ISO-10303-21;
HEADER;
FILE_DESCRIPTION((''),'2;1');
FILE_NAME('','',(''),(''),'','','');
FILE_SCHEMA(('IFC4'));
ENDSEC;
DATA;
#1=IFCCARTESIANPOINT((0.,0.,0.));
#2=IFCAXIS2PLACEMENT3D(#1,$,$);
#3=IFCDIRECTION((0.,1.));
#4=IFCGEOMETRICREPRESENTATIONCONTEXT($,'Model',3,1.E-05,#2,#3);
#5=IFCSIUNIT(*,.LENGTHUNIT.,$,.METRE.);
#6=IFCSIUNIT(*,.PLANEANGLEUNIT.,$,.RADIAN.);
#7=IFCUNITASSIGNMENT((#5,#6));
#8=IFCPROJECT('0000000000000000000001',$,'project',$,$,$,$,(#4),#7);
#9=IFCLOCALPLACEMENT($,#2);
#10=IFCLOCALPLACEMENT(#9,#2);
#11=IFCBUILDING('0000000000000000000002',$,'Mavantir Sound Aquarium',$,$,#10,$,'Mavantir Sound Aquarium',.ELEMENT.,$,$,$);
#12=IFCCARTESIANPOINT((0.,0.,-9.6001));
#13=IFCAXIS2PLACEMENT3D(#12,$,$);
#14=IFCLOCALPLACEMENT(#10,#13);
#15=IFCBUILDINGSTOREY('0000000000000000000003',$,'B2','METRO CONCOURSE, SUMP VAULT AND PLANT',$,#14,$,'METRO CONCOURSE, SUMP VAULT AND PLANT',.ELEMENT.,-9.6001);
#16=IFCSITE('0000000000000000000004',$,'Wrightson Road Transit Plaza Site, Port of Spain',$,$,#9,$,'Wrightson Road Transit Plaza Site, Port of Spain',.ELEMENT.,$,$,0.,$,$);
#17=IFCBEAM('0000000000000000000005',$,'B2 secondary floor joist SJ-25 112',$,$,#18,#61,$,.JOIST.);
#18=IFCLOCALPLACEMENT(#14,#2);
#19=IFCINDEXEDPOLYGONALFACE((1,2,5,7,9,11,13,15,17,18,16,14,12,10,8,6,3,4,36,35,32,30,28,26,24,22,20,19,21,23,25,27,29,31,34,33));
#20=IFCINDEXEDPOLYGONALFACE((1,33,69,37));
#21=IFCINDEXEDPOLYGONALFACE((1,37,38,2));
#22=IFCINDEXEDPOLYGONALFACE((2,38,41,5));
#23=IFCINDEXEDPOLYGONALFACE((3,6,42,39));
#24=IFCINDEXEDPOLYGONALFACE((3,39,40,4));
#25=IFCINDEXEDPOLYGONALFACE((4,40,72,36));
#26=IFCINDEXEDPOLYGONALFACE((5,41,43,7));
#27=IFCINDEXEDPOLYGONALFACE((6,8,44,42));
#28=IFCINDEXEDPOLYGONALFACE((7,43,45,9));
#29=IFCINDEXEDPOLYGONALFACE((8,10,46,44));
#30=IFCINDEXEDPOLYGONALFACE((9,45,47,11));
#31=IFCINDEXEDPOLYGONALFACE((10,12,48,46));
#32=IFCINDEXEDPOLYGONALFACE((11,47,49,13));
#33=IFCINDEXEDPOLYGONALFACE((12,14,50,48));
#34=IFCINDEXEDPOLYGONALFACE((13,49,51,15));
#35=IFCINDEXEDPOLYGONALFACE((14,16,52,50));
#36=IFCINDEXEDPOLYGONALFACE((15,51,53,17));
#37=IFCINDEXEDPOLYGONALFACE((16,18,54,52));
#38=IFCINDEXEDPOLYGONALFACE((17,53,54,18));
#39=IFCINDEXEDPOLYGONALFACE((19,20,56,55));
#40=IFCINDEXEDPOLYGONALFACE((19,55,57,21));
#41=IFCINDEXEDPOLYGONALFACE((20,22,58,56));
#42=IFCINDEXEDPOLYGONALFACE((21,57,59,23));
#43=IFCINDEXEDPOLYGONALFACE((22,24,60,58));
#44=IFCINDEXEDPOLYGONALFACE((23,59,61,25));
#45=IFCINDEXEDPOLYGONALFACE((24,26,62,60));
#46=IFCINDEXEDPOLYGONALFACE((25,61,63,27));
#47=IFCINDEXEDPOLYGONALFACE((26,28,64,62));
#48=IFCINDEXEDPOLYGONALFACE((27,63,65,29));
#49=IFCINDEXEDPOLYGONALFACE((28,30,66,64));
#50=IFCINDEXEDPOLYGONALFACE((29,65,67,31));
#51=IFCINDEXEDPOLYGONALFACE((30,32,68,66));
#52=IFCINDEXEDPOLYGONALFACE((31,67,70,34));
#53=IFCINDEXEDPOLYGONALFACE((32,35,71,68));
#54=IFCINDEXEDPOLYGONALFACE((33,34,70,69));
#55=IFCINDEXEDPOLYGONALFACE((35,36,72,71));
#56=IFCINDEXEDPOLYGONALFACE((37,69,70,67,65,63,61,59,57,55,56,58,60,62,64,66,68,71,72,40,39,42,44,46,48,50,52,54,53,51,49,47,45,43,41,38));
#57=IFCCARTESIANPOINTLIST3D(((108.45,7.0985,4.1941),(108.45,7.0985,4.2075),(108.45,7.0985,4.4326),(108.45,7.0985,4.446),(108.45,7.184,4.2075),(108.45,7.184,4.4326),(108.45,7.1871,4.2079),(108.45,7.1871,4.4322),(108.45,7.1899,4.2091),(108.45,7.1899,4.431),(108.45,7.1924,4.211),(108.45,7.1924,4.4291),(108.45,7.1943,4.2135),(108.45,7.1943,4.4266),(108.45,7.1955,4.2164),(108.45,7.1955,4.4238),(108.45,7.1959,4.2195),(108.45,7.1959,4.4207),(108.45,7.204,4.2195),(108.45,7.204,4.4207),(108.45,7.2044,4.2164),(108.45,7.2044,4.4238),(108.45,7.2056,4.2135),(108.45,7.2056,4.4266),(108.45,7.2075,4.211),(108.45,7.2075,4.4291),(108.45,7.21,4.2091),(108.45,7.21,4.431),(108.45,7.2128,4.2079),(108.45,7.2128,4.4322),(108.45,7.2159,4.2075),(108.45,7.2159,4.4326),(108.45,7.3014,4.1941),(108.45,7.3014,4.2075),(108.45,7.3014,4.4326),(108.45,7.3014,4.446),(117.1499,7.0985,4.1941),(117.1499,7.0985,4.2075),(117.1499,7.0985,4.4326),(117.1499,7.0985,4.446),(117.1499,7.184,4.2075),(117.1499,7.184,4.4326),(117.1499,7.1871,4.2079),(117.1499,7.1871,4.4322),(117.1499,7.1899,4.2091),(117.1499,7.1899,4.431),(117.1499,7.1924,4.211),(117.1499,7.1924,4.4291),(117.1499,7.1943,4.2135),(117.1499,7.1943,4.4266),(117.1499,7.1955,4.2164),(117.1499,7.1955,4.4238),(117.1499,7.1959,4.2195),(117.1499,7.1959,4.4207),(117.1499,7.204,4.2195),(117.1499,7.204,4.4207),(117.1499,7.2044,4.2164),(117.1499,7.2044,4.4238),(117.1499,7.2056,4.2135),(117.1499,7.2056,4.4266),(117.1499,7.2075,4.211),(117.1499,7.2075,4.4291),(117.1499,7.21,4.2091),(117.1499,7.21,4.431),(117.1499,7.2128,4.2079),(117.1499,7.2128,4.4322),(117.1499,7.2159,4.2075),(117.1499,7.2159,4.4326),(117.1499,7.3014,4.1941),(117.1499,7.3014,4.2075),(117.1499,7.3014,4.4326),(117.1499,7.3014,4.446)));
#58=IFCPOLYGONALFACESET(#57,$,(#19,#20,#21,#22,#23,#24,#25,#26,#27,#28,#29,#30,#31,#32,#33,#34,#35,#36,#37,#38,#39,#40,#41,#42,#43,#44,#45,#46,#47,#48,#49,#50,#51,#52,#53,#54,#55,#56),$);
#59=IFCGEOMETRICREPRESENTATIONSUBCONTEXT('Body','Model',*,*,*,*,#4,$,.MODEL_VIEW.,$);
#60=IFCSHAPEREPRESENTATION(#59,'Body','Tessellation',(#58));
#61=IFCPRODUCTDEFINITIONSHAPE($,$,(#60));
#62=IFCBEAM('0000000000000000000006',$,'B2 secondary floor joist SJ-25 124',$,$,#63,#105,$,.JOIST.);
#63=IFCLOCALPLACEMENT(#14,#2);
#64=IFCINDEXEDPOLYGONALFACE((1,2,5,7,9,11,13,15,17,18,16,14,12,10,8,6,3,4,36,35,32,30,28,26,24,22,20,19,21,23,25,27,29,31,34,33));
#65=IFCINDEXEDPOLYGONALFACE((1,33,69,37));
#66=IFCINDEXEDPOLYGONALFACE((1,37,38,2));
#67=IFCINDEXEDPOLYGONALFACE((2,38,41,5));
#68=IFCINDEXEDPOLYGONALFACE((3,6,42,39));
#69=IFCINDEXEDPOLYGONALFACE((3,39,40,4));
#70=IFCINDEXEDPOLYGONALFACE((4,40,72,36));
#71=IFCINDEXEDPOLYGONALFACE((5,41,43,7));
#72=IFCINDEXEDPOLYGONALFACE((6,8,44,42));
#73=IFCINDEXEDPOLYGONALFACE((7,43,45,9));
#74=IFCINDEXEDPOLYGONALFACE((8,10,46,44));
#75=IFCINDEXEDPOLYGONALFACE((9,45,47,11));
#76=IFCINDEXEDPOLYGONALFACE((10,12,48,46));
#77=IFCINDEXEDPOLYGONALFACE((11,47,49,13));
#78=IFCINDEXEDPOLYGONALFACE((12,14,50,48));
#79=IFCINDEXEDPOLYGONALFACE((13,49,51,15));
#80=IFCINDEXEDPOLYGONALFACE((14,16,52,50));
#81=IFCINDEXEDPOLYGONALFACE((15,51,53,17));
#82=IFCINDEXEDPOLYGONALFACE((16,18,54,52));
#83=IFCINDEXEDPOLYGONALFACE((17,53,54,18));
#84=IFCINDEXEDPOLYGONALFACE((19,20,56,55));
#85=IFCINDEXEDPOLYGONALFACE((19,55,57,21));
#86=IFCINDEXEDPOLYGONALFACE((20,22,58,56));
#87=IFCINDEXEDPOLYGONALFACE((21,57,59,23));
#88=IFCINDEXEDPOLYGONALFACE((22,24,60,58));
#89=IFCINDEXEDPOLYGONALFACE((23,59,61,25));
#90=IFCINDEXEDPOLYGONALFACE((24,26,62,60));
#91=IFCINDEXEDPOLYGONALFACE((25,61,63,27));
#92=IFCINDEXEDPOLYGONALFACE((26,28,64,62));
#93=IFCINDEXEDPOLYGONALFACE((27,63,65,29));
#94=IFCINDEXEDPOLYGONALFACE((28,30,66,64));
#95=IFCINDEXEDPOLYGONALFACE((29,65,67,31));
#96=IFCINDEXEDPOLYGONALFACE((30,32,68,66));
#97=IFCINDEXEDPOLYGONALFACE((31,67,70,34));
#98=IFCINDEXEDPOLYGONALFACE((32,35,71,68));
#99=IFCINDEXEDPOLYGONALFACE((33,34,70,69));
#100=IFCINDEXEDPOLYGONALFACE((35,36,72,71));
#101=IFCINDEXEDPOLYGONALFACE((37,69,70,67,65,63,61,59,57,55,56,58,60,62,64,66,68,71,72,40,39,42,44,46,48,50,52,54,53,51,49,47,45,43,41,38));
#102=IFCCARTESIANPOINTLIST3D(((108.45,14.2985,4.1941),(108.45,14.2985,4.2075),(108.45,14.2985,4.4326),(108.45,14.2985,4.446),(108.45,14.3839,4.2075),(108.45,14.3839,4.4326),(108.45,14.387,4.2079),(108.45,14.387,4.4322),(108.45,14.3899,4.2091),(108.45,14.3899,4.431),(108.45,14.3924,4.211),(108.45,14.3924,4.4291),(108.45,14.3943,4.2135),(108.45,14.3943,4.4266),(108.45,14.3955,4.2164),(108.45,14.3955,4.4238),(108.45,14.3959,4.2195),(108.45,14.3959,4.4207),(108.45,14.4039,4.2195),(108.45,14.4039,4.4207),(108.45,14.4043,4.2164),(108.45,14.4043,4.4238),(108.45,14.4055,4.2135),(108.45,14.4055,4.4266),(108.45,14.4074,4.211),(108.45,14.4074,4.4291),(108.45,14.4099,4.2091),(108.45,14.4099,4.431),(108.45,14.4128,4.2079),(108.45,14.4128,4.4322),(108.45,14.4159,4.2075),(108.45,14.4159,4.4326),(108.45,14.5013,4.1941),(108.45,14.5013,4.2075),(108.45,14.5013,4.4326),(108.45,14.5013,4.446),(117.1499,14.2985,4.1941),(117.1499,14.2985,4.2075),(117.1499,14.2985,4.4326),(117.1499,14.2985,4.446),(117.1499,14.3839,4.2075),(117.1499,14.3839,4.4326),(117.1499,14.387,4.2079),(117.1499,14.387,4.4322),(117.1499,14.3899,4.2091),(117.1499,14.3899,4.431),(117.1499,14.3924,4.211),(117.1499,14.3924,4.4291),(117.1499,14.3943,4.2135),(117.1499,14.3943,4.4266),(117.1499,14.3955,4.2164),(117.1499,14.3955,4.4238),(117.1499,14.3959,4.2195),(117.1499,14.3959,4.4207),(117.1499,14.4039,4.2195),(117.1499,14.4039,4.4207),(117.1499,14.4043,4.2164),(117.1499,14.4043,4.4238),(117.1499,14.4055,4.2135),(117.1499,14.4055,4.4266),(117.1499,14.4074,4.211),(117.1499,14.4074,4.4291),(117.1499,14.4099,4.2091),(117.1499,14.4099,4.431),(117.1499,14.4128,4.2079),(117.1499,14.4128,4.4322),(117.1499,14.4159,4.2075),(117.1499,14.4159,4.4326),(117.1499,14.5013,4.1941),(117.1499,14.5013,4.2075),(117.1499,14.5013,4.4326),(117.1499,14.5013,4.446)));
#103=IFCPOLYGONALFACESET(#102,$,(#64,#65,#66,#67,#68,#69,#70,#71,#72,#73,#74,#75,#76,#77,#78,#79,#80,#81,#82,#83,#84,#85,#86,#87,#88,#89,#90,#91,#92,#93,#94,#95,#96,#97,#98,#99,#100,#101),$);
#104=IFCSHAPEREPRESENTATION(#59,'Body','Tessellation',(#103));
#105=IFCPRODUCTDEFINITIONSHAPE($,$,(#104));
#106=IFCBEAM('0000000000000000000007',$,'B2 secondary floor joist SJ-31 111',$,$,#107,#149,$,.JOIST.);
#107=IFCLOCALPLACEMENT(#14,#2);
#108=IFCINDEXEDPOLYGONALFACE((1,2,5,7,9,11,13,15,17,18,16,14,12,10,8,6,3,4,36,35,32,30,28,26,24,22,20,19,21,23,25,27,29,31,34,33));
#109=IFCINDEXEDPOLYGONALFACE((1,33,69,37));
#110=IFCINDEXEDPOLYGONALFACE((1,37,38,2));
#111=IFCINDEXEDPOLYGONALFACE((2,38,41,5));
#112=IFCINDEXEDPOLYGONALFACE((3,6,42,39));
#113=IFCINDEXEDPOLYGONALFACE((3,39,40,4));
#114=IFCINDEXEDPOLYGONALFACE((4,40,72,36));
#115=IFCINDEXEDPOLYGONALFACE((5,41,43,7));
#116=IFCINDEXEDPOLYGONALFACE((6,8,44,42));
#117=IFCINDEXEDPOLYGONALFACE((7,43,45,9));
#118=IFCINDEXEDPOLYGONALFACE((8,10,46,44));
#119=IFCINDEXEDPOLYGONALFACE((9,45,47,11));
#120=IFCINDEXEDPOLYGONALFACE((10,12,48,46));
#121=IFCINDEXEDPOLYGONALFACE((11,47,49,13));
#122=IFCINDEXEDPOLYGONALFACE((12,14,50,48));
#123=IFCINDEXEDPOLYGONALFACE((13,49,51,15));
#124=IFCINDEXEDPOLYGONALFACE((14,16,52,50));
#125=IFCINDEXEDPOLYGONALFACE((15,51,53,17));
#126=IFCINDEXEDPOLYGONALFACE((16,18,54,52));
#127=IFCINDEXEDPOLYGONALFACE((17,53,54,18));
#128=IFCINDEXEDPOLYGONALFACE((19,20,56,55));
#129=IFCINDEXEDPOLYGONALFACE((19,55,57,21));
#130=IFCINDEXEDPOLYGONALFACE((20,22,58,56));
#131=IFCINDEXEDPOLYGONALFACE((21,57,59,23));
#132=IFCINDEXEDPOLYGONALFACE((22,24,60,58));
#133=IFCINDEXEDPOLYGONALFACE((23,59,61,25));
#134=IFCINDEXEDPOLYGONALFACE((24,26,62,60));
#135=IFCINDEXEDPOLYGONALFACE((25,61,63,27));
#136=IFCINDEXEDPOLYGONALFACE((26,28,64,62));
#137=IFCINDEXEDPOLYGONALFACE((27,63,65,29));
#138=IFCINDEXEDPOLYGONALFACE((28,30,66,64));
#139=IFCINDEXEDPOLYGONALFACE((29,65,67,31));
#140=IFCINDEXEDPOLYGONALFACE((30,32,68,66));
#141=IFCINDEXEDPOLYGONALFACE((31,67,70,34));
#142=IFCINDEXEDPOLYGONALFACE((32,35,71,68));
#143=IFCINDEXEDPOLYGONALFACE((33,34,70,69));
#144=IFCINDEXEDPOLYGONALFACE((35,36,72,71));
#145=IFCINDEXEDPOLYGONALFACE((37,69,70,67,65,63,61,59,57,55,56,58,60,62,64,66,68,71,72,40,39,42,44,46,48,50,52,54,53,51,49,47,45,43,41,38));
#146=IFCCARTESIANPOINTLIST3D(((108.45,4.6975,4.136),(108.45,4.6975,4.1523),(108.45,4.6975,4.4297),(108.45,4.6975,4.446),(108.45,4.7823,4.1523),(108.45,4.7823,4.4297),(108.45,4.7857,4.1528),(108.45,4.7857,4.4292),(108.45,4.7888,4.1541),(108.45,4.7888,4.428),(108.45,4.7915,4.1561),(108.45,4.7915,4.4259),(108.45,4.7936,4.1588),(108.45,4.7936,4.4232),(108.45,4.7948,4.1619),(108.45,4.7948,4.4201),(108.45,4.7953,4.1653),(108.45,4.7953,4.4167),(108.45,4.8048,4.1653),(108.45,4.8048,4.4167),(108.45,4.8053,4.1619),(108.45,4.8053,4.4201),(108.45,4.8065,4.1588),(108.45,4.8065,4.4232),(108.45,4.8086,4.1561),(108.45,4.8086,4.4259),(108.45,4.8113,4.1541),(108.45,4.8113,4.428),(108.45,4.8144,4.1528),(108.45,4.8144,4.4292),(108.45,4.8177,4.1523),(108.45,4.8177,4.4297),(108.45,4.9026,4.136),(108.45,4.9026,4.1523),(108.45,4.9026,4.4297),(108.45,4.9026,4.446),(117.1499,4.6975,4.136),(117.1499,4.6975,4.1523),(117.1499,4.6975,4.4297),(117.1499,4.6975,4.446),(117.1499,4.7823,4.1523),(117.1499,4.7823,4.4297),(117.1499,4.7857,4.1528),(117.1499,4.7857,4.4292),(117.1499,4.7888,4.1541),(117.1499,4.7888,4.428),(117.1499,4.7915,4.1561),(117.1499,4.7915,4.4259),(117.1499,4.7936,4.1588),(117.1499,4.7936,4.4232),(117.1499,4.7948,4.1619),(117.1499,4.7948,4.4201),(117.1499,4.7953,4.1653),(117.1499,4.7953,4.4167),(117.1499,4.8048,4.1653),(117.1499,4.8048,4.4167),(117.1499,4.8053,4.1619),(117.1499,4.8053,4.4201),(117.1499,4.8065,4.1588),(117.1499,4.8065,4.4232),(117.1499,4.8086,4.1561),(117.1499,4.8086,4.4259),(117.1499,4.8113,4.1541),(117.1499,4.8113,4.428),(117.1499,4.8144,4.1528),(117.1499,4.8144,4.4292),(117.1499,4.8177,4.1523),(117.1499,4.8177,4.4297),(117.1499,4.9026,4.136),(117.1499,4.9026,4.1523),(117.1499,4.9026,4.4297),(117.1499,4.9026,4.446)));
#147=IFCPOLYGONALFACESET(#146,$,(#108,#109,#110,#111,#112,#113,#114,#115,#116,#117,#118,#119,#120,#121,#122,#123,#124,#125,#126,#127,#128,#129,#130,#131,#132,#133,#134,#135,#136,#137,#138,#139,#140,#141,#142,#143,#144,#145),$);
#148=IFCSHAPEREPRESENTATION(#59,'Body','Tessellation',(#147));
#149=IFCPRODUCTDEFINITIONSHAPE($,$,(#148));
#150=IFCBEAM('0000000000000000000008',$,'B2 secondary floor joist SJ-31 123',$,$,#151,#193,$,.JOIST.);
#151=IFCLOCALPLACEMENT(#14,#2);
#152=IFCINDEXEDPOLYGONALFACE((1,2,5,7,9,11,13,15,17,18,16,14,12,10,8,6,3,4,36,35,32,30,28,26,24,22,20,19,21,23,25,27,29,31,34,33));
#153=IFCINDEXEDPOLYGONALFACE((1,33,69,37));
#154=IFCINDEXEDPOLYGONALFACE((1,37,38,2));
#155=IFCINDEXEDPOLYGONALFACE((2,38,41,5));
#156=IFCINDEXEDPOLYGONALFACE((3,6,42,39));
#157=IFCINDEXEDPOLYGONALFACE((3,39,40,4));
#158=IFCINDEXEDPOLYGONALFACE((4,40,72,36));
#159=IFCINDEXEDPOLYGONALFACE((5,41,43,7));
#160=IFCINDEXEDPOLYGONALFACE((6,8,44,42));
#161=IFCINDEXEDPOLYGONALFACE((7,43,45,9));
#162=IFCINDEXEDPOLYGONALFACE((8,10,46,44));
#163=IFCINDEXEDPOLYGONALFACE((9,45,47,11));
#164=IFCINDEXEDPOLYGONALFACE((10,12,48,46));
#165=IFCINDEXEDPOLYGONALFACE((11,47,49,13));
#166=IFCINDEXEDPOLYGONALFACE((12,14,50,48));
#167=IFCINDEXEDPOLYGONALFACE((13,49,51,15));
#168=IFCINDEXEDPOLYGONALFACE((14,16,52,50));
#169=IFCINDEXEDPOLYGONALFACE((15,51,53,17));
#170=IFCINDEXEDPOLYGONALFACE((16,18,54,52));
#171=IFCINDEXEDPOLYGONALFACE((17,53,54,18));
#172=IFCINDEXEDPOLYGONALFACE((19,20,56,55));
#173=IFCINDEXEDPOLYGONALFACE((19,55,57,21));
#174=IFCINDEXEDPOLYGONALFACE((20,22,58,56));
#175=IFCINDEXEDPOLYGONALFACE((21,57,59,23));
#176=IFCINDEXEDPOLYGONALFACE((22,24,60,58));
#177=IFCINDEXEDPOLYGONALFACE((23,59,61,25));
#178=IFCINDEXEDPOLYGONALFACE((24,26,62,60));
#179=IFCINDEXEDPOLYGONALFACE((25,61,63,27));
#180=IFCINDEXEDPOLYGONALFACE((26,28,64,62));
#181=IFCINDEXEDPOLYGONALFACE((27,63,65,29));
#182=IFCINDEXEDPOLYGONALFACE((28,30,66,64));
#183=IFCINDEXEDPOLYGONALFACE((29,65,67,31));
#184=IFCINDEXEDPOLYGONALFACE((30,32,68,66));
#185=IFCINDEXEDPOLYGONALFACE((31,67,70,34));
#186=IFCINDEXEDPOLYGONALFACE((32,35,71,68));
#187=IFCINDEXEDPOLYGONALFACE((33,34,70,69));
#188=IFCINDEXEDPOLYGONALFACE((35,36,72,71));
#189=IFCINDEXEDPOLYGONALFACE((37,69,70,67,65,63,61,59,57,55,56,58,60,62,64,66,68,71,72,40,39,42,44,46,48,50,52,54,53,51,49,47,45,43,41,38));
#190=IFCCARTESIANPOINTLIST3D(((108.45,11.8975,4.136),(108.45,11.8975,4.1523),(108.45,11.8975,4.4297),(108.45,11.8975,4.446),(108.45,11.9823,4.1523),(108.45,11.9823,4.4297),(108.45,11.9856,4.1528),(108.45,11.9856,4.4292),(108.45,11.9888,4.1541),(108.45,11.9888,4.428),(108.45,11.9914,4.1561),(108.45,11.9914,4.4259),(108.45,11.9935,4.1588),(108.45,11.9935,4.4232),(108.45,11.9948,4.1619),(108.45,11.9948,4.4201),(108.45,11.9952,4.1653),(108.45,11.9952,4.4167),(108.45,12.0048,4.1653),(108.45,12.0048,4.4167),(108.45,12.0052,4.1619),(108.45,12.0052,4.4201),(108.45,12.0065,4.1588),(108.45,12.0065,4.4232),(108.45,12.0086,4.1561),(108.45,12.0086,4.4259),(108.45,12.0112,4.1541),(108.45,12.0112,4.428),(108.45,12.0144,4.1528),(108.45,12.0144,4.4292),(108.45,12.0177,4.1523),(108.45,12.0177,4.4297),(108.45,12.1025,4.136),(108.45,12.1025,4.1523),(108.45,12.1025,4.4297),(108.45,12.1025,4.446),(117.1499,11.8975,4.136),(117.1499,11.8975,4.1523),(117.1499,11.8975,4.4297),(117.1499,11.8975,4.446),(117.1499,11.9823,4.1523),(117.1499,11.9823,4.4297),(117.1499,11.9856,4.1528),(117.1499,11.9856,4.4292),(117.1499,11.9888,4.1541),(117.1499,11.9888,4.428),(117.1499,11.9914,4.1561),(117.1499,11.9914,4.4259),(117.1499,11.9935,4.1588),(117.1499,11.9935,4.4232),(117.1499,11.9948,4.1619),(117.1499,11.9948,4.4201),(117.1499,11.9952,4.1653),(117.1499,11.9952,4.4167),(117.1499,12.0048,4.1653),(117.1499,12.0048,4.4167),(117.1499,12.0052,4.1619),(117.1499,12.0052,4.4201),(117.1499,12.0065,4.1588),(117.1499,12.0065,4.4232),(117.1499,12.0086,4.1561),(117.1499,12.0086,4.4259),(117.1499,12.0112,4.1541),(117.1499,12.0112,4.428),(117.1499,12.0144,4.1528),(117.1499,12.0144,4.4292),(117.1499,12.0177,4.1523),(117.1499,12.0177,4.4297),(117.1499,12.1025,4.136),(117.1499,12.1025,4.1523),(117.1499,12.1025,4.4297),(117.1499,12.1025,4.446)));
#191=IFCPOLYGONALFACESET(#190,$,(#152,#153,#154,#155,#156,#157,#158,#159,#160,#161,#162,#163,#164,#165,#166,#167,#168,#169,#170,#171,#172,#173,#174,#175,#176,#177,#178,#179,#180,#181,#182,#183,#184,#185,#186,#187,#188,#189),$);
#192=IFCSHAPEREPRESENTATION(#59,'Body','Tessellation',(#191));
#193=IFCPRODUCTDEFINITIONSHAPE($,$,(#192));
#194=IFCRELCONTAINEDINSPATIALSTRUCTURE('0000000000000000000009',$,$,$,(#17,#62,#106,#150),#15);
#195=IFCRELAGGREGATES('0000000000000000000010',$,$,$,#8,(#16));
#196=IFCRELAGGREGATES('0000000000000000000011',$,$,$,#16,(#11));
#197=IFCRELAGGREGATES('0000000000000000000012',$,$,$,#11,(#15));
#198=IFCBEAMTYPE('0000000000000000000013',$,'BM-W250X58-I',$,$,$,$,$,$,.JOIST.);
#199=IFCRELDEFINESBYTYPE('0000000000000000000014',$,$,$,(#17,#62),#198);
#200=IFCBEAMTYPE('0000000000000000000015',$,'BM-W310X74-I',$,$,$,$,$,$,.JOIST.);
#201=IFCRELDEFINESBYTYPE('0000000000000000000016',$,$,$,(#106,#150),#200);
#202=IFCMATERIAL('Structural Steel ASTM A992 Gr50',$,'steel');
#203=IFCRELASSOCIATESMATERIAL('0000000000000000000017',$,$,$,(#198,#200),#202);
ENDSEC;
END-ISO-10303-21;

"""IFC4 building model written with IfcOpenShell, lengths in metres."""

from ifc_helpers import new_model, si_unit, direction, frame, origin, origin_2d, place, context, subcontext, project, spatial, i_section, extrude, material, material_profile, profile_set, type_object, element, save


model = new_model("IFC4")

# Units and contexts
model_context = context("Model", 3, precision=1e-05, world=origin(), true_north=direction((0.0, 1.0)))
body_context = subcontext(model_context, "Body", "Model", "MODEL_VIEW")
ifc_project = project(units=[si_unit("LENGTHUNIT", "METRE"), si_unit("PLANEANGLEUNIT", "RADIAN")], contexts=[model_context])

# Site, building, storey
site_placement = place(None, origin())
site = spatial("IfcSite", under=ifc_project, at=site_placement, Name="Wrightson Road Transit Plaza Site, Port of Spain", LongName="Wrightson Road Transit Plaza Site, Port of Spain", CompositionType="ELEMENT", RefElevation=0.0)
building_placement = place(site_placement, origin())
building = spatial("IfcBuilding", under=site, at=building_placement, Name="Mavantir Sound Aquarium", LongName="Mavantir Sound Aquarium", CompositionType="ELEMENT")
storey_placement = place(building_placement, frame((0.0, 0.0, -9.6001)))
storey = spatial("IfcBuildingStorey", under=building, at=storey_placement, Name="B2", Description="METRO CONCOURSE, SUMP VAULT AND PLANT", LongName="METRO CONCOURSE, SUMP VAULT AND PLANT", CompositionType="ELEMENT", Elevation=-9.6001)

# Beams
ifc_material_1 = material(Name="Structural Steel ASTM A992 Gr50", Category="steel")
ifc_material_profile_1 = material_profile(ifc_material_1, i_section(OverallWidth=0.2029, OverallDepth=0.252, WebThickness=0.0081, FlangeThickness=0.0134, FilletRadius=0.012, at=origin_2d()), Name="W250X58")
ifc_profile_set_1 = profile_set([ifc_material_profile_1], Name="Structural Steel ASTM A992 Gr50")
beam_type_1 = type_object("IfcBeamType", Name="BM-W250X58-I", PredefinedType="JOIST", material=ifc_profile_set_1)
for number, where, z_axis, x_axis, name in (
    (1, (108.45, 7.2, 4.3201), (1.0, 0.0, 0.0), (0.0, 1.0, 0.0), "B2 secondary floor joist SJ-25 112"),
    (2, (108.45, 14.3999, 4.3201), (1.0, 0.0, 0.0), (0.0, 1.0, 0.0), "B2 secondary floor joist SJ-25 124"),
):
    element("IfcBeam", number, at=place(storey_placement, frame(where, z_axis=z_axis, x_axis=x_axis)), inside=storey, type_object=beam_type_1, Name=name, PredefinedType="JOIST", context=body_context, shape_type="SweptSolid", body=[
        extrude(i_section(OverallWidth=0.2029, OverallDepth=0.252, WebThickness=0.0081, FlangeThickness=0.0134, FilletRadius=0.012, at=origin_2d()), origin(), (0.0, 0.0, 1.0), 8.7),
    ])
ifc_material_profile_2 = material_profile(ifc_material_1, i_section(OverallWidth=0.2051, OverallDepth=0.3101, WebThickness=0.0095, FlangeThickness=0.0164, FilletRadius=0.0129, at=origin_2d()), Name="W310X74")
ifc_profile_set_2 = profile_set([ifc_material_profile_2], Name="Structural Steel ASTM A992 Gr50")
beam_type_2 = type_object("IfcBeamType", Name="BM-W310X74-I", PredefinedType="JOIST", material=ifc_profile_set_2)
for number, where, z_axis, x_axis, name in (
    (3, (108.45, 4.8, 4.291), (1.0, 0.0, 0.0), (0.0, 1.0, 0.0), "B2 secondary floor joist SJ-31 111"),
    (4, (108.45, 12.0, 4.291), (1.0, 0.0, 0.0), (0.0, 1.0, 0.0), "B2 secondary floor joist SJ-31 123"),
):
    element("IfcBeam", number, at=place(storey_placement, frame(where, z_axis=z_axis, x_axis=x_axis)), inside=storey, type_object=beam_type_2, Name=name, PredefinedType="JOIST", context=body_context, shape_type="SweptSolid", body=[
        extrude(i_section(OverallWidth=0.2051, OverallDepth=0.3101, WebThickness=0.0095, FlangeThickness=0.0164, FilletRadius=0.0129, at=origin_2d()), origin(), (0.0, 0.0, 1.0), 8.7),
    ])

save(model, "model.ifc")
